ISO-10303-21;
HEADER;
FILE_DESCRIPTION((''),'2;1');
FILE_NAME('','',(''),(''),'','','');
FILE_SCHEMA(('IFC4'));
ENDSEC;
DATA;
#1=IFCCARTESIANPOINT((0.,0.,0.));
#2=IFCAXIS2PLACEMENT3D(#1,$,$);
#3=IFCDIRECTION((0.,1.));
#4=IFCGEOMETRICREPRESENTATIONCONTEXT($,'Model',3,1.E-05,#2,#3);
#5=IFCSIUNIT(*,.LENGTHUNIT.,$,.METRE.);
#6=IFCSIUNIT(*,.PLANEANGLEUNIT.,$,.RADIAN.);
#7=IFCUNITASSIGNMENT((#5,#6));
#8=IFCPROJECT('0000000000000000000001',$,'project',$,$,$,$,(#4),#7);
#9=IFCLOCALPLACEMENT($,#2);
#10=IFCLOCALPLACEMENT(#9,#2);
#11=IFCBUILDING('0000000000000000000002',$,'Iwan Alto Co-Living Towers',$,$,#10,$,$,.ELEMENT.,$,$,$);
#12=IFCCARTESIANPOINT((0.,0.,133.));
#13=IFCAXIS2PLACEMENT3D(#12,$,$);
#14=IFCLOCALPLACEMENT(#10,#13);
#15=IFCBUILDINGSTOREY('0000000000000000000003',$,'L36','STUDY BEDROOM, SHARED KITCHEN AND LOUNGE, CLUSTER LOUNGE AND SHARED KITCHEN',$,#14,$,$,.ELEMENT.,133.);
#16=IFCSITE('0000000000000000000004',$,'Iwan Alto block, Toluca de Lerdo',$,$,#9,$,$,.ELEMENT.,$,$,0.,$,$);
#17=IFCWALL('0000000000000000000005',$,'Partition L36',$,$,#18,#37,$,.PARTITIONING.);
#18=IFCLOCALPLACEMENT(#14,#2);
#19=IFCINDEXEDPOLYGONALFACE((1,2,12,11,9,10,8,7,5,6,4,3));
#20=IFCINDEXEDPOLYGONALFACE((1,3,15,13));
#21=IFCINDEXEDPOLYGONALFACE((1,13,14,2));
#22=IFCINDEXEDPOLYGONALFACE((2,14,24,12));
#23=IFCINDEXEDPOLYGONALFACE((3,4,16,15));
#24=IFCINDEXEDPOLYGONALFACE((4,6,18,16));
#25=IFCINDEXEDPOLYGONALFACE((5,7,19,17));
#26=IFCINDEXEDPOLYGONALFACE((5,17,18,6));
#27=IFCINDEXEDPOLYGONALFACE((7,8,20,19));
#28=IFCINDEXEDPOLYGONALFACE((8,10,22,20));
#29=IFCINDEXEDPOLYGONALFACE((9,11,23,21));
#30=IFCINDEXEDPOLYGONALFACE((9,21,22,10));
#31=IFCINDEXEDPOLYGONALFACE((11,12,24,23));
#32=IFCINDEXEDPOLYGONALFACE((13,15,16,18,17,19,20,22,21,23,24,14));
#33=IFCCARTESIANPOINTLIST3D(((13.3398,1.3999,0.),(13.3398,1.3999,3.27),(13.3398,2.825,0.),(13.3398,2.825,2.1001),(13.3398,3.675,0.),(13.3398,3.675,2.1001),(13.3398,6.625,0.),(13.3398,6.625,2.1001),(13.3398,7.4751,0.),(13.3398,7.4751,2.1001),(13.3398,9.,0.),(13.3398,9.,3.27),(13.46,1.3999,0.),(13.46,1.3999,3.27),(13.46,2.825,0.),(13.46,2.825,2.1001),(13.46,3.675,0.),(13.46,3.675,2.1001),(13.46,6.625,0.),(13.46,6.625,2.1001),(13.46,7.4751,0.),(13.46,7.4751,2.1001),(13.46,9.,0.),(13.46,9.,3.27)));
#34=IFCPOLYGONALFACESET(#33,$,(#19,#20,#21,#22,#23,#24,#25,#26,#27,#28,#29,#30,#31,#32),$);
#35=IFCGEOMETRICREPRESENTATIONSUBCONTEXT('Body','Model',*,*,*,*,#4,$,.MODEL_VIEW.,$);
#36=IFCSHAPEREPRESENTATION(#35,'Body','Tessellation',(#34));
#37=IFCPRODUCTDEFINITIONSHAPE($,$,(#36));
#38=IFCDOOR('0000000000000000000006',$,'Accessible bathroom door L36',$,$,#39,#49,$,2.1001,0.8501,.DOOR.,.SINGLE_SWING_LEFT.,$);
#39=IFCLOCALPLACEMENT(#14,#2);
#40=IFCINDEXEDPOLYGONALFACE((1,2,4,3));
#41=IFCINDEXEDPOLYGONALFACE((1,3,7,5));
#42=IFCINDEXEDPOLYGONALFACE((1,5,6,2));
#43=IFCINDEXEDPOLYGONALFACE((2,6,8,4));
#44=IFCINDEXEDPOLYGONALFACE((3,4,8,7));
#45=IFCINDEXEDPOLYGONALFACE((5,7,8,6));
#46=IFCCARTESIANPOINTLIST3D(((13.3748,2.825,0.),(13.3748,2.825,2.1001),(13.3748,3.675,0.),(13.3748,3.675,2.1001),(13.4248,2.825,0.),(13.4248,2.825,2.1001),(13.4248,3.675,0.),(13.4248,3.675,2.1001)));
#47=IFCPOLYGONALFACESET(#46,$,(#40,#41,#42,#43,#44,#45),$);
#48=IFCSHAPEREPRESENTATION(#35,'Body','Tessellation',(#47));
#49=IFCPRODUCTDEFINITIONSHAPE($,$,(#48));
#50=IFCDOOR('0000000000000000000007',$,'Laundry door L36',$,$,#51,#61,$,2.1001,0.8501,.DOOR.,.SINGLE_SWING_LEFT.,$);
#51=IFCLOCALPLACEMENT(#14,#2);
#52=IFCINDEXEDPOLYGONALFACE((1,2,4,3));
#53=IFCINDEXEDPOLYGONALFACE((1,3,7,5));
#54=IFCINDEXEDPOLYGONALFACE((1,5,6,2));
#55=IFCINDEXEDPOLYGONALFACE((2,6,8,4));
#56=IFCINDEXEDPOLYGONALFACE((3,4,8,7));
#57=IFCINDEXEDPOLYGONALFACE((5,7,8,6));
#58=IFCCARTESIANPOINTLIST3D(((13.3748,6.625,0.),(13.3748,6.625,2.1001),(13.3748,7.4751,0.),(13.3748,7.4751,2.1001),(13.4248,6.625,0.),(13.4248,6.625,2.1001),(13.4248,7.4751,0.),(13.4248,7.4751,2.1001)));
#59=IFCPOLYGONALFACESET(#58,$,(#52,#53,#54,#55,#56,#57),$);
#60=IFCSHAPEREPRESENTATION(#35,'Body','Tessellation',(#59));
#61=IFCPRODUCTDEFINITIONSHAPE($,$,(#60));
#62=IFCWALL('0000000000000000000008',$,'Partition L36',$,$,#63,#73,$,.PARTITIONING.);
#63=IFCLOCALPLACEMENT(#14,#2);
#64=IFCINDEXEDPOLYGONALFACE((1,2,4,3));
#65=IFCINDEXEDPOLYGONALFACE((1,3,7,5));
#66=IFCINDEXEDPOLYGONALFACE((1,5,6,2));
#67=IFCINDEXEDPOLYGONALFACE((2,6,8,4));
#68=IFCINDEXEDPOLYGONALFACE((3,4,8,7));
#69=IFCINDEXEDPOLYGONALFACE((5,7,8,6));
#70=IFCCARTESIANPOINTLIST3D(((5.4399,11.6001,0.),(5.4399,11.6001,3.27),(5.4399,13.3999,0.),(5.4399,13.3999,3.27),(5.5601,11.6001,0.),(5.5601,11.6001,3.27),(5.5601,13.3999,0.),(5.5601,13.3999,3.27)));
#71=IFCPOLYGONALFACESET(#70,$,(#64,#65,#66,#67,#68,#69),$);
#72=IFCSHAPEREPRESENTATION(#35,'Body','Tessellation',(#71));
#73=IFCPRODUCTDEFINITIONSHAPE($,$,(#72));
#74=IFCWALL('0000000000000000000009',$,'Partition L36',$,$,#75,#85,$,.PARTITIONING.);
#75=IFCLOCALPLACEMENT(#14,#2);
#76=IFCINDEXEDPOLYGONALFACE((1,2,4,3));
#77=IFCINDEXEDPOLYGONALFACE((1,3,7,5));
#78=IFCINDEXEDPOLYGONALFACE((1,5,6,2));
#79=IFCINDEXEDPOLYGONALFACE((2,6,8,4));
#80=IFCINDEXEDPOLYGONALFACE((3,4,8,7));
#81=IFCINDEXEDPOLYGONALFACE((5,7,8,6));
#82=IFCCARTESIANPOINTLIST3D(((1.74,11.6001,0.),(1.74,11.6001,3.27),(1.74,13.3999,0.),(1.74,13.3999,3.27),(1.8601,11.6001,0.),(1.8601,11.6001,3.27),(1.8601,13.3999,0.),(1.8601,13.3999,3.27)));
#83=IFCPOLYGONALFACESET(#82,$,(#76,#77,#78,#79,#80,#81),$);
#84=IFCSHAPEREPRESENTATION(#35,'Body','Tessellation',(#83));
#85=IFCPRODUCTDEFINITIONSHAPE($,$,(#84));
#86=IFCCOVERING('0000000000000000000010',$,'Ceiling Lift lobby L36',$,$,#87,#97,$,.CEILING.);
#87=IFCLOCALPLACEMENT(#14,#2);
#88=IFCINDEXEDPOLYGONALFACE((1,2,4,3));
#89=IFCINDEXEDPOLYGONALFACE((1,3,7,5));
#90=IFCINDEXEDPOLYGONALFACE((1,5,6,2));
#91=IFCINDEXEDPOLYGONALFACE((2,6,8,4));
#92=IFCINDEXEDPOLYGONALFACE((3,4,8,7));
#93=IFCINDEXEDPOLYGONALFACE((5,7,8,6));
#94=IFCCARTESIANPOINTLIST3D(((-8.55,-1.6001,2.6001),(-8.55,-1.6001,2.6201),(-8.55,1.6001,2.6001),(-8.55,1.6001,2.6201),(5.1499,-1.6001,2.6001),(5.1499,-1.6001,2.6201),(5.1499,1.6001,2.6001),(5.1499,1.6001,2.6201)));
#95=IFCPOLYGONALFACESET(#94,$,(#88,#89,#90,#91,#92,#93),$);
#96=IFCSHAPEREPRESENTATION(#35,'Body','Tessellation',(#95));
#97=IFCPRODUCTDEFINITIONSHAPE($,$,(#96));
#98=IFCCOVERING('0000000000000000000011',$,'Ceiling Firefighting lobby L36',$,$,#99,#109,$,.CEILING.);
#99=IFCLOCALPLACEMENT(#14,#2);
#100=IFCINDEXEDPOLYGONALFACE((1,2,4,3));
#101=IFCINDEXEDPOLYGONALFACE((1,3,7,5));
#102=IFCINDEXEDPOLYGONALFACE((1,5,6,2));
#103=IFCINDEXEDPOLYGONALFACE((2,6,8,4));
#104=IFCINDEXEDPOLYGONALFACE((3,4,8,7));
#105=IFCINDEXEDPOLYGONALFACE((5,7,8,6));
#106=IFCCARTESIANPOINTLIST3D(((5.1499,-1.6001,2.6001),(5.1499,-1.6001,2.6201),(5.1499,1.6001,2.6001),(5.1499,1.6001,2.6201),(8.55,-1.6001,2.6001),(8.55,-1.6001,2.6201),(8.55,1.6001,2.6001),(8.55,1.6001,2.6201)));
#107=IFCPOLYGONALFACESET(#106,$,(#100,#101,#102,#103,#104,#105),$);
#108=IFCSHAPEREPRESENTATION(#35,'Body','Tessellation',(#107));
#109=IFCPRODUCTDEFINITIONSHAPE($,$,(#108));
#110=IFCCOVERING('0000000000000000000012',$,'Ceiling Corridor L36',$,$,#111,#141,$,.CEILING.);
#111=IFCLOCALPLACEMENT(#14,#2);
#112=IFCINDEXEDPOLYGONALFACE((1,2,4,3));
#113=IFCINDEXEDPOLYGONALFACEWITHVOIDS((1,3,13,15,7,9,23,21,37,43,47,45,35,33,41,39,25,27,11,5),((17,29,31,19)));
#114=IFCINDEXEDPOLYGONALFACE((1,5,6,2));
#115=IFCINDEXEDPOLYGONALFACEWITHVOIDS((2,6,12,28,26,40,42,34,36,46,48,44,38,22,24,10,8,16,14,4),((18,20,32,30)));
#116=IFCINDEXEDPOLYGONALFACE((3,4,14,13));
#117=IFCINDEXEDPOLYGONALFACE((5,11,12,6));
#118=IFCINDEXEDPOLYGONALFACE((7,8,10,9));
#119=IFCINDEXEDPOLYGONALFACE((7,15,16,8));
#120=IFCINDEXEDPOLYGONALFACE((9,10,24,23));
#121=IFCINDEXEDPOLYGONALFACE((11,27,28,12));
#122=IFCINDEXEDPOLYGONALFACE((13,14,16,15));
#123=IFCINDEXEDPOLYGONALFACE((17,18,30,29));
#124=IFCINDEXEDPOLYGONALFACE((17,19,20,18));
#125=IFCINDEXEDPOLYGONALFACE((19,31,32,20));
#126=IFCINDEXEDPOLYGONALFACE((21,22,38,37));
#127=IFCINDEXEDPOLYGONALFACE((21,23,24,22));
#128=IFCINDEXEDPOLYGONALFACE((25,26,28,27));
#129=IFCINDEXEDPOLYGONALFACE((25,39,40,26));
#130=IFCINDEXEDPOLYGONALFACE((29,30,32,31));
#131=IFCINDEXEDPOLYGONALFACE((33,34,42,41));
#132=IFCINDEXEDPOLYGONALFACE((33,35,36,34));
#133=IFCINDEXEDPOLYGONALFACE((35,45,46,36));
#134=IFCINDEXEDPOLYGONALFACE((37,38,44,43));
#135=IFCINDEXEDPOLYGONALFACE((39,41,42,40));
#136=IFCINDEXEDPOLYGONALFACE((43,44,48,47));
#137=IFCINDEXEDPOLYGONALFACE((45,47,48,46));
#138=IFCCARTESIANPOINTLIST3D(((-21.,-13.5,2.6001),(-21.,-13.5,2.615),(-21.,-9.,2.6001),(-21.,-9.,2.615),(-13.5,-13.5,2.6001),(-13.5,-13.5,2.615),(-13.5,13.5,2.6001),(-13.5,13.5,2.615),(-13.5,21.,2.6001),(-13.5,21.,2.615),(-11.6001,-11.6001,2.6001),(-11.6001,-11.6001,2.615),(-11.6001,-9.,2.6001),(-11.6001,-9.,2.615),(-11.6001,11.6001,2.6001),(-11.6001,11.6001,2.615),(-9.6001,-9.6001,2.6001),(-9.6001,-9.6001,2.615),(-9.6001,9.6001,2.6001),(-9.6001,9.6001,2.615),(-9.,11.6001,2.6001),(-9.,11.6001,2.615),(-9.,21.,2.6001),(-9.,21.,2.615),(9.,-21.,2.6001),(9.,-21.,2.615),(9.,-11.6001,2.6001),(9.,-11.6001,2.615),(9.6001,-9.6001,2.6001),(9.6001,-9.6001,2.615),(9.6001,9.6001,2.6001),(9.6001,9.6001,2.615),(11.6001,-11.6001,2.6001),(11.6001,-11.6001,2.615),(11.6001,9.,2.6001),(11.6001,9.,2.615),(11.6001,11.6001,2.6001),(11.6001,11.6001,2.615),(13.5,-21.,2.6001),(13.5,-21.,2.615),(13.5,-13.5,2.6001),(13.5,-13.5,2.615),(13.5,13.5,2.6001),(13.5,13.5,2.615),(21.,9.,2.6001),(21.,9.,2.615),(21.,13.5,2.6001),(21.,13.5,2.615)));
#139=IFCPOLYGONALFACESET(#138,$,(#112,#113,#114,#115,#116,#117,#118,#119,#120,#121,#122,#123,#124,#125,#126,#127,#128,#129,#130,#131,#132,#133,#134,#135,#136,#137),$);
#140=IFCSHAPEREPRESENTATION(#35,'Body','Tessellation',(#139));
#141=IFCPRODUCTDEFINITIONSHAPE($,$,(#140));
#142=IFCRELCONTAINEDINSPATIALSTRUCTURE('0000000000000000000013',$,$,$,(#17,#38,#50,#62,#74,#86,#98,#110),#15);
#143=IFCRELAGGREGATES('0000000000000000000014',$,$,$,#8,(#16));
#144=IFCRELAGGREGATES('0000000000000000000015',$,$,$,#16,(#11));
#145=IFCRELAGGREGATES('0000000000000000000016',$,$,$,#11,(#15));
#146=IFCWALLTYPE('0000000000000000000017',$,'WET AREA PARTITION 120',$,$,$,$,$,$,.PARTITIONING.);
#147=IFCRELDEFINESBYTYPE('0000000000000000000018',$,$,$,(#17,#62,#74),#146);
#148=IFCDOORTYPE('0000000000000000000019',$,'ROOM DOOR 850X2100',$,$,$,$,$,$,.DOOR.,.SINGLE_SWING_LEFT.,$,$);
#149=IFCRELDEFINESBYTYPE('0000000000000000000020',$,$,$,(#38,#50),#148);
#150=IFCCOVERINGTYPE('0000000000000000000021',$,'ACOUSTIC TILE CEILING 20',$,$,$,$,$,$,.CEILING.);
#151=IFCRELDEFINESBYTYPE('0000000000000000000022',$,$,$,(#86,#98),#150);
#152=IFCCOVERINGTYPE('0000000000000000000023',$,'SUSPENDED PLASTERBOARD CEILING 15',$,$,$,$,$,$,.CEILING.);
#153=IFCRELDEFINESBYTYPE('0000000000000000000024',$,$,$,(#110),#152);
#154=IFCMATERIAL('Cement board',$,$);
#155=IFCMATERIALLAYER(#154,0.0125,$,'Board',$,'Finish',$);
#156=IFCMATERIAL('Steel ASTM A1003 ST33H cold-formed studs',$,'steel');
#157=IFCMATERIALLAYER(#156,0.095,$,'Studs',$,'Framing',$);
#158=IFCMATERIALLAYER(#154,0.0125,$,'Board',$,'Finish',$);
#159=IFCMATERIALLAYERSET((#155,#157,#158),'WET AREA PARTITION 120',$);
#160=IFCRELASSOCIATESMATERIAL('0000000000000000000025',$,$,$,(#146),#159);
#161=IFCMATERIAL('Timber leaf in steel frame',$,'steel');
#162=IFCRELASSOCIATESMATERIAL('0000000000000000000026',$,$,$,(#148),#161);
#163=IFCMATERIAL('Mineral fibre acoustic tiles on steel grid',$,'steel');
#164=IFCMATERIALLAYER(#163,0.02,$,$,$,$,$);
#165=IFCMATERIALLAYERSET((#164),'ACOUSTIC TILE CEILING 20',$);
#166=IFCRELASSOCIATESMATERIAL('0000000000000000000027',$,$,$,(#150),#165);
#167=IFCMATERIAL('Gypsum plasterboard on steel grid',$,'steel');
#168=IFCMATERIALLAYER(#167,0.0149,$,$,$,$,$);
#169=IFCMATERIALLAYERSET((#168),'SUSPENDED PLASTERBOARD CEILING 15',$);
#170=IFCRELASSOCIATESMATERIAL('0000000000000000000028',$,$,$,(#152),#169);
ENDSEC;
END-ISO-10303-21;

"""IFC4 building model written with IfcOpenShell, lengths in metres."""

from ifc_helpers import new_model, si_unit, direction, frame, frame_2d, origin, place, context, subcontext, project, spatial, polyline, rectangle, outline, extrude, material, layer, layer_set, type_object, element, fill, save


model = new_model("IFC4")

# Units and contexts
model_context = context("Model", 3, precision=1e-05, world=origin(), true_north=direction((0.0, 1.0)))
body_context = subcontext(model_context, "Body", "Model", "MODEL_VIEW")
ifc_project = project(units=[si_unit("LENGTHUNIT", "METRE"), si_unit("PLANEANGLEUNIT", "RADIAN")], contexts=[model_context])

# Site, building, storey
site_placement = place(None, origin())
site = spatial("IfcSite", under=ifc_project, at=site_placement, Name="Iwan Alto block, Toluca de Lerdo", CompositionType="ELEMENT", RefElevation=0.0)
building_placement = place(site_placement, origin())
building = spatial("IfcBuilding", under=site, at=building_placement, Name="Iwan Alto Co-Living Towers", CompositionType="ELEMENT")
storey_placement = place(building_placement, frame((0.0, 0.0, 133.0)))
storey = spatial("IfcBuildingStorey", under=building, at=storey_placement, Name="L36", Description="STUDY BEDROOM, SHARED KITCHEN AND LOUNGE, CLUSTER LOUNGE AND SHARED KITCHEN", CompositionType="ELEMENT", Elevation=133.0)

# Shared definitions
ifc_material_1 = material(Name="Steel ASTM A1003 ST33H cold-formed studs", Category="steel")

# Shared definitions
ifc_material_2 = material(Name="Cement board")
ifc_layer_1 = layer(ifc_material_2, 0.0125, Name="Board", Category="Finish")
ifc_layer_2 = layer(ifc_material_1, 0.095, Name="Studs", Category="Framing")
ifc_layer_3 = layer(ifc_material_2, 0.0125, Name="Board", Category="Finish")
ifc_layer_set_1 = layer_set([ifc_layer_1, ifc_layer_2, ifc_layer_3], Name="WET AREA PARTITION 120")
wall_type_1 = type_object("IfcWallType", Name="WET AREA PARTITION 120", PredefinedType="PARTITIONING", material=ifc_layer_set_1)

# Shared definitions
ifc_material_3 = material(Name="Timber leaf in steel frame", Category="steel")
door_type_1 = type_object("IfcDoorType", Name="ROOM DOOR 850X2100", OperationType="SINGLE_SWING_LEFT", PredefinedType="DOOR", material=ifc_material_3)

# Wall, openings, doors
wall_1_placement = place(storey_placement, frame((13.3999, 1.3999, 0.0), z_axis=(0.0, 0.0, 1.0), x_axis=(0.0, 1.0, 0.0)))
wall_1 = element("IfcWall", 1, at=wall_1_placement, inside=storey, type_object=wall_type_1, Name="Partition L36", PredefinedType="PARTITIONING", context=body_context, shape_type="SweptSolid", body=[
    extrude(rectangle(XDim=7.6001, YDim=0.1201, at=frame_2d((3.8, 0.0))), origin(), (0.0, 0.0, 1.0), 3.27),
])
opening_1_placement = place(wall_1_placement, frame((1.425, 0.0, 0.0)))
opening_1 = element("IfcOpeningElement", 2, at=opening_1_placement, cuts=wall_1, PredefinedType="OPENING", context=body_context, shape_type="SweptSolid", body=[
    extrude(rectangle(XDim=0.8501, YDim=2.1001, at=frame_2d((0.425, 1.05))), frame((0.0, 0.0701, 0.0), z_axis=(0.0, -1.0, 0.0), x_axis=(1.0, 0.0, 0.0)), (0.0, 0.0, 1.0), 0.1401),
])
opening_2_placement = place(wall_1_placement, frame((5.2251, 0.0, 0.0)))
opening_2 = element("IfcOpeningElement", 3, at=opening_2_placement, cuts=wall_1, PredefinedType="OPENING", context=body_context, shape_type="SweptSolid", body=[
    extrude(rectangle(XDim=0.8501, YDim=2.1001, at=frame_2d((0.425, 1.05))), frame((0.0, 0.0701, 0.0), z_axis=(0.0, -1.0, 0.0), x_axis=(1.0, 0.0, 0.0)), (0.0, 0.0, 1.0), 0.1401),
])
door_1_placement = place(opening_1_placement, frame((0.8501, 0.0, 0.0), z_axis=(0.0, 0.0, 1.0), x_axis=(-1.0, 0.0, 0.0)))
door_1 = element("IfcDoor", 4, at=door_1_placement, inside=storey, type_object=door_type_1, Name="Accessible bathroom door L36", OperationType="SINGLE_SWING_LEFT", OverallHeight=2.1001, OverallWidth=0.8501, PredefinedType="DOOR", context=body_context, shape_type="SweptSolid", body=[
    extrude(rectangle(XDim=0.8501, YDim=2.1001, at=frame_2d((0.425, 1.05))), frame((0.0, 0.0249, 0.0), z_axis=(0.0, -1.0, 0.0), x_axis=(1.0, 0.0, 0.0)), (0.0, 0.0, 1.0), 0.05),
])
fill(opening_1, door_1)
door_2_placement = place(opening_2_placement, frame((0.8501, 0.0, 0.0), z_axis=(0.0, 0.0, 1.0), x_axis=(-1.0, 0.0, 0.0)))
door_2 = element("IfcDoor", 5, at=door_2_placement, inside=storey, type_object=door_type_1, Name="Laundry door L36", OperationType="SINGLE_SWING_LEFT", OverallHeight=2.1001, OverallWidth=0.8501, PredefinedType="DOOR", context=body_context, shape_type="SweptSolid", body=[
    extrude(rectangle(XDim=0.8501, YDim=2.1001, at=frame_2d((0.425, 1.05))), frame((0.0, 0.0249, 0.0), z_axis=(0.0, -1.0, 0.0), x_axis=(1.0, 0.0, 0.0)), (0.0, 0.0, 1.0), 0.05),
])
fill(opening_2, door_2)

# Walls
for number, where, z_axis, x_axis, name in (
    (6, (5.5, 11.6001, 0.0), (0.0, 0.0, 1.0), (0.0, 1.0, 0.0), "Partition L36"),
    (7, (1.8, 11.6001, 0.0), (0.0, 0.0, 1.0), (0.0, 1.0, 0.0), "Partition L36"),
):
    element("IfcWall", number, at=place(storey_placement, frame(where, z_axis=z_axis, x_axis=x_axis)), inside=storey, type_object=wall_type_1, Name=name, PredefinedType="PARTITIONING", context=body_context, shape_type="SweptSolid", body=[
        extrude(rectangle(XDim=1.7998, YDim=0.1201, at=frame_2d((0.8999, 0.0))), origin(), (0.0, 0.0, 1.0), 3.27),
    ])

# Coverings
ifc_material_4 = material(Name="Mineral fibre acoustic tiles on steel grid", Category="steel")
ifc_layer_4 = layer(ifc_material_4, 0.02)
ifc_layer_set_2 = layer_set([ifc_layer_4], Name="ACOUSTIC TILE CEILING 20")
covering_type_1 = type_object("IfcCoveringType", Name="ACOUSTIC TILE CEILING 20", PredefinedType="CEILING", material=ifc_layer_set_2)
covering_1_placement = place(storey_placement, frame((0.0, 0.0, 2.6001)))
element("IfcCovering", 8, at=covering_1_placement, inside=storey, type_object=covering_type_1, Name="Ceiling Lift lobby L36", PredefinedType="CEILING", context=body_context, shape_type="SweptSolid", body=[
    extrude(outline(polyline([(-8.55, -1.6001), (-8.55, 1.6001), (5.1499, 1.6001), (5.1499, -1.6001), (-8.55, -1.6001)])), origin(), (0.0, 0.0, 1.0), 0.02),
])
covering_2_placement = place(storey_placement, frame((0.0, 0.0, 2.6001)))
element("IfcCovering", 9, at=covering_2_placement, inside=storey, type_object=covering_type_1, Name="Ceiling Firefighting lobby L36", PredefinedType="CEILING", context=body_context, shape_type="SweptSolid", body=[
    extrude(outline(polyline([(5.1499, -1.6001), (5.1499, 1.6001), (8.55, 1.6001), (8.55, -1.6001), (5.1499, -1.6001)])), origin(), (0.0, 0.0, 1.0), 0.02),
])
ifc_material_5 = material(Name="Gypsum plasterboard on steel grid", Category="steel")
ifc_layer_5 = layer(ifc_material_5, 0.0149)
ifc_layer_set_3 = layer_set([ifc_layer_5], Name="SUSPENDED PLASTERBOARD CEILING 15")
covering_type_2 = type_object("IfcCoveringType", Name="SUSPENDED PLASTERBOARD CEILING 15", PredefinedType="CEILING", material=ifc_layer_set_3)
covering_3_placement = place(storey_placement, frame((0.0, 0.0, 2.6001)))
element("IfcCovering", 10, at=covering_3_placement, inside=storey, type_object=covering_type_2, Name="Ceiling Corridor L36", PredefinedType="CEILING", context=body_context, shape_type="SweptSolid", body=[
    extrude(outline(polyline([(13.5, -21.0), (9.0, -21.0), (9.0, -11.6001), (-11.6001, -11.6001), (-13.5, -13.5), (-21.0, -13.5), (-21.0, -9.0), (-11.6001, -9.0), (-11.6001, 11.6001), (-13.5, 13.5), (-13.5, 21.0), (-9.0, 21.0), (-9.0, 11.6001), (11.6001, 11.6001), (13.5, 13.5), (21.0, 13.5), (21.0, 9.0), (11.6001, 9.0), (11.6001, -11.6001), (13.5, -13.5), (13.5, -21.0)]), holes=[polyline([(9.6001, -9.6001), (9.6001, 9.6001), (-9.6001, 9.6001), (-9.6001, -9.6001), (9.6001, -9.6001)])]), origin(), (0.0, 0.0, 1.0), 0.0149),
])

save(model, "model.ifc")
